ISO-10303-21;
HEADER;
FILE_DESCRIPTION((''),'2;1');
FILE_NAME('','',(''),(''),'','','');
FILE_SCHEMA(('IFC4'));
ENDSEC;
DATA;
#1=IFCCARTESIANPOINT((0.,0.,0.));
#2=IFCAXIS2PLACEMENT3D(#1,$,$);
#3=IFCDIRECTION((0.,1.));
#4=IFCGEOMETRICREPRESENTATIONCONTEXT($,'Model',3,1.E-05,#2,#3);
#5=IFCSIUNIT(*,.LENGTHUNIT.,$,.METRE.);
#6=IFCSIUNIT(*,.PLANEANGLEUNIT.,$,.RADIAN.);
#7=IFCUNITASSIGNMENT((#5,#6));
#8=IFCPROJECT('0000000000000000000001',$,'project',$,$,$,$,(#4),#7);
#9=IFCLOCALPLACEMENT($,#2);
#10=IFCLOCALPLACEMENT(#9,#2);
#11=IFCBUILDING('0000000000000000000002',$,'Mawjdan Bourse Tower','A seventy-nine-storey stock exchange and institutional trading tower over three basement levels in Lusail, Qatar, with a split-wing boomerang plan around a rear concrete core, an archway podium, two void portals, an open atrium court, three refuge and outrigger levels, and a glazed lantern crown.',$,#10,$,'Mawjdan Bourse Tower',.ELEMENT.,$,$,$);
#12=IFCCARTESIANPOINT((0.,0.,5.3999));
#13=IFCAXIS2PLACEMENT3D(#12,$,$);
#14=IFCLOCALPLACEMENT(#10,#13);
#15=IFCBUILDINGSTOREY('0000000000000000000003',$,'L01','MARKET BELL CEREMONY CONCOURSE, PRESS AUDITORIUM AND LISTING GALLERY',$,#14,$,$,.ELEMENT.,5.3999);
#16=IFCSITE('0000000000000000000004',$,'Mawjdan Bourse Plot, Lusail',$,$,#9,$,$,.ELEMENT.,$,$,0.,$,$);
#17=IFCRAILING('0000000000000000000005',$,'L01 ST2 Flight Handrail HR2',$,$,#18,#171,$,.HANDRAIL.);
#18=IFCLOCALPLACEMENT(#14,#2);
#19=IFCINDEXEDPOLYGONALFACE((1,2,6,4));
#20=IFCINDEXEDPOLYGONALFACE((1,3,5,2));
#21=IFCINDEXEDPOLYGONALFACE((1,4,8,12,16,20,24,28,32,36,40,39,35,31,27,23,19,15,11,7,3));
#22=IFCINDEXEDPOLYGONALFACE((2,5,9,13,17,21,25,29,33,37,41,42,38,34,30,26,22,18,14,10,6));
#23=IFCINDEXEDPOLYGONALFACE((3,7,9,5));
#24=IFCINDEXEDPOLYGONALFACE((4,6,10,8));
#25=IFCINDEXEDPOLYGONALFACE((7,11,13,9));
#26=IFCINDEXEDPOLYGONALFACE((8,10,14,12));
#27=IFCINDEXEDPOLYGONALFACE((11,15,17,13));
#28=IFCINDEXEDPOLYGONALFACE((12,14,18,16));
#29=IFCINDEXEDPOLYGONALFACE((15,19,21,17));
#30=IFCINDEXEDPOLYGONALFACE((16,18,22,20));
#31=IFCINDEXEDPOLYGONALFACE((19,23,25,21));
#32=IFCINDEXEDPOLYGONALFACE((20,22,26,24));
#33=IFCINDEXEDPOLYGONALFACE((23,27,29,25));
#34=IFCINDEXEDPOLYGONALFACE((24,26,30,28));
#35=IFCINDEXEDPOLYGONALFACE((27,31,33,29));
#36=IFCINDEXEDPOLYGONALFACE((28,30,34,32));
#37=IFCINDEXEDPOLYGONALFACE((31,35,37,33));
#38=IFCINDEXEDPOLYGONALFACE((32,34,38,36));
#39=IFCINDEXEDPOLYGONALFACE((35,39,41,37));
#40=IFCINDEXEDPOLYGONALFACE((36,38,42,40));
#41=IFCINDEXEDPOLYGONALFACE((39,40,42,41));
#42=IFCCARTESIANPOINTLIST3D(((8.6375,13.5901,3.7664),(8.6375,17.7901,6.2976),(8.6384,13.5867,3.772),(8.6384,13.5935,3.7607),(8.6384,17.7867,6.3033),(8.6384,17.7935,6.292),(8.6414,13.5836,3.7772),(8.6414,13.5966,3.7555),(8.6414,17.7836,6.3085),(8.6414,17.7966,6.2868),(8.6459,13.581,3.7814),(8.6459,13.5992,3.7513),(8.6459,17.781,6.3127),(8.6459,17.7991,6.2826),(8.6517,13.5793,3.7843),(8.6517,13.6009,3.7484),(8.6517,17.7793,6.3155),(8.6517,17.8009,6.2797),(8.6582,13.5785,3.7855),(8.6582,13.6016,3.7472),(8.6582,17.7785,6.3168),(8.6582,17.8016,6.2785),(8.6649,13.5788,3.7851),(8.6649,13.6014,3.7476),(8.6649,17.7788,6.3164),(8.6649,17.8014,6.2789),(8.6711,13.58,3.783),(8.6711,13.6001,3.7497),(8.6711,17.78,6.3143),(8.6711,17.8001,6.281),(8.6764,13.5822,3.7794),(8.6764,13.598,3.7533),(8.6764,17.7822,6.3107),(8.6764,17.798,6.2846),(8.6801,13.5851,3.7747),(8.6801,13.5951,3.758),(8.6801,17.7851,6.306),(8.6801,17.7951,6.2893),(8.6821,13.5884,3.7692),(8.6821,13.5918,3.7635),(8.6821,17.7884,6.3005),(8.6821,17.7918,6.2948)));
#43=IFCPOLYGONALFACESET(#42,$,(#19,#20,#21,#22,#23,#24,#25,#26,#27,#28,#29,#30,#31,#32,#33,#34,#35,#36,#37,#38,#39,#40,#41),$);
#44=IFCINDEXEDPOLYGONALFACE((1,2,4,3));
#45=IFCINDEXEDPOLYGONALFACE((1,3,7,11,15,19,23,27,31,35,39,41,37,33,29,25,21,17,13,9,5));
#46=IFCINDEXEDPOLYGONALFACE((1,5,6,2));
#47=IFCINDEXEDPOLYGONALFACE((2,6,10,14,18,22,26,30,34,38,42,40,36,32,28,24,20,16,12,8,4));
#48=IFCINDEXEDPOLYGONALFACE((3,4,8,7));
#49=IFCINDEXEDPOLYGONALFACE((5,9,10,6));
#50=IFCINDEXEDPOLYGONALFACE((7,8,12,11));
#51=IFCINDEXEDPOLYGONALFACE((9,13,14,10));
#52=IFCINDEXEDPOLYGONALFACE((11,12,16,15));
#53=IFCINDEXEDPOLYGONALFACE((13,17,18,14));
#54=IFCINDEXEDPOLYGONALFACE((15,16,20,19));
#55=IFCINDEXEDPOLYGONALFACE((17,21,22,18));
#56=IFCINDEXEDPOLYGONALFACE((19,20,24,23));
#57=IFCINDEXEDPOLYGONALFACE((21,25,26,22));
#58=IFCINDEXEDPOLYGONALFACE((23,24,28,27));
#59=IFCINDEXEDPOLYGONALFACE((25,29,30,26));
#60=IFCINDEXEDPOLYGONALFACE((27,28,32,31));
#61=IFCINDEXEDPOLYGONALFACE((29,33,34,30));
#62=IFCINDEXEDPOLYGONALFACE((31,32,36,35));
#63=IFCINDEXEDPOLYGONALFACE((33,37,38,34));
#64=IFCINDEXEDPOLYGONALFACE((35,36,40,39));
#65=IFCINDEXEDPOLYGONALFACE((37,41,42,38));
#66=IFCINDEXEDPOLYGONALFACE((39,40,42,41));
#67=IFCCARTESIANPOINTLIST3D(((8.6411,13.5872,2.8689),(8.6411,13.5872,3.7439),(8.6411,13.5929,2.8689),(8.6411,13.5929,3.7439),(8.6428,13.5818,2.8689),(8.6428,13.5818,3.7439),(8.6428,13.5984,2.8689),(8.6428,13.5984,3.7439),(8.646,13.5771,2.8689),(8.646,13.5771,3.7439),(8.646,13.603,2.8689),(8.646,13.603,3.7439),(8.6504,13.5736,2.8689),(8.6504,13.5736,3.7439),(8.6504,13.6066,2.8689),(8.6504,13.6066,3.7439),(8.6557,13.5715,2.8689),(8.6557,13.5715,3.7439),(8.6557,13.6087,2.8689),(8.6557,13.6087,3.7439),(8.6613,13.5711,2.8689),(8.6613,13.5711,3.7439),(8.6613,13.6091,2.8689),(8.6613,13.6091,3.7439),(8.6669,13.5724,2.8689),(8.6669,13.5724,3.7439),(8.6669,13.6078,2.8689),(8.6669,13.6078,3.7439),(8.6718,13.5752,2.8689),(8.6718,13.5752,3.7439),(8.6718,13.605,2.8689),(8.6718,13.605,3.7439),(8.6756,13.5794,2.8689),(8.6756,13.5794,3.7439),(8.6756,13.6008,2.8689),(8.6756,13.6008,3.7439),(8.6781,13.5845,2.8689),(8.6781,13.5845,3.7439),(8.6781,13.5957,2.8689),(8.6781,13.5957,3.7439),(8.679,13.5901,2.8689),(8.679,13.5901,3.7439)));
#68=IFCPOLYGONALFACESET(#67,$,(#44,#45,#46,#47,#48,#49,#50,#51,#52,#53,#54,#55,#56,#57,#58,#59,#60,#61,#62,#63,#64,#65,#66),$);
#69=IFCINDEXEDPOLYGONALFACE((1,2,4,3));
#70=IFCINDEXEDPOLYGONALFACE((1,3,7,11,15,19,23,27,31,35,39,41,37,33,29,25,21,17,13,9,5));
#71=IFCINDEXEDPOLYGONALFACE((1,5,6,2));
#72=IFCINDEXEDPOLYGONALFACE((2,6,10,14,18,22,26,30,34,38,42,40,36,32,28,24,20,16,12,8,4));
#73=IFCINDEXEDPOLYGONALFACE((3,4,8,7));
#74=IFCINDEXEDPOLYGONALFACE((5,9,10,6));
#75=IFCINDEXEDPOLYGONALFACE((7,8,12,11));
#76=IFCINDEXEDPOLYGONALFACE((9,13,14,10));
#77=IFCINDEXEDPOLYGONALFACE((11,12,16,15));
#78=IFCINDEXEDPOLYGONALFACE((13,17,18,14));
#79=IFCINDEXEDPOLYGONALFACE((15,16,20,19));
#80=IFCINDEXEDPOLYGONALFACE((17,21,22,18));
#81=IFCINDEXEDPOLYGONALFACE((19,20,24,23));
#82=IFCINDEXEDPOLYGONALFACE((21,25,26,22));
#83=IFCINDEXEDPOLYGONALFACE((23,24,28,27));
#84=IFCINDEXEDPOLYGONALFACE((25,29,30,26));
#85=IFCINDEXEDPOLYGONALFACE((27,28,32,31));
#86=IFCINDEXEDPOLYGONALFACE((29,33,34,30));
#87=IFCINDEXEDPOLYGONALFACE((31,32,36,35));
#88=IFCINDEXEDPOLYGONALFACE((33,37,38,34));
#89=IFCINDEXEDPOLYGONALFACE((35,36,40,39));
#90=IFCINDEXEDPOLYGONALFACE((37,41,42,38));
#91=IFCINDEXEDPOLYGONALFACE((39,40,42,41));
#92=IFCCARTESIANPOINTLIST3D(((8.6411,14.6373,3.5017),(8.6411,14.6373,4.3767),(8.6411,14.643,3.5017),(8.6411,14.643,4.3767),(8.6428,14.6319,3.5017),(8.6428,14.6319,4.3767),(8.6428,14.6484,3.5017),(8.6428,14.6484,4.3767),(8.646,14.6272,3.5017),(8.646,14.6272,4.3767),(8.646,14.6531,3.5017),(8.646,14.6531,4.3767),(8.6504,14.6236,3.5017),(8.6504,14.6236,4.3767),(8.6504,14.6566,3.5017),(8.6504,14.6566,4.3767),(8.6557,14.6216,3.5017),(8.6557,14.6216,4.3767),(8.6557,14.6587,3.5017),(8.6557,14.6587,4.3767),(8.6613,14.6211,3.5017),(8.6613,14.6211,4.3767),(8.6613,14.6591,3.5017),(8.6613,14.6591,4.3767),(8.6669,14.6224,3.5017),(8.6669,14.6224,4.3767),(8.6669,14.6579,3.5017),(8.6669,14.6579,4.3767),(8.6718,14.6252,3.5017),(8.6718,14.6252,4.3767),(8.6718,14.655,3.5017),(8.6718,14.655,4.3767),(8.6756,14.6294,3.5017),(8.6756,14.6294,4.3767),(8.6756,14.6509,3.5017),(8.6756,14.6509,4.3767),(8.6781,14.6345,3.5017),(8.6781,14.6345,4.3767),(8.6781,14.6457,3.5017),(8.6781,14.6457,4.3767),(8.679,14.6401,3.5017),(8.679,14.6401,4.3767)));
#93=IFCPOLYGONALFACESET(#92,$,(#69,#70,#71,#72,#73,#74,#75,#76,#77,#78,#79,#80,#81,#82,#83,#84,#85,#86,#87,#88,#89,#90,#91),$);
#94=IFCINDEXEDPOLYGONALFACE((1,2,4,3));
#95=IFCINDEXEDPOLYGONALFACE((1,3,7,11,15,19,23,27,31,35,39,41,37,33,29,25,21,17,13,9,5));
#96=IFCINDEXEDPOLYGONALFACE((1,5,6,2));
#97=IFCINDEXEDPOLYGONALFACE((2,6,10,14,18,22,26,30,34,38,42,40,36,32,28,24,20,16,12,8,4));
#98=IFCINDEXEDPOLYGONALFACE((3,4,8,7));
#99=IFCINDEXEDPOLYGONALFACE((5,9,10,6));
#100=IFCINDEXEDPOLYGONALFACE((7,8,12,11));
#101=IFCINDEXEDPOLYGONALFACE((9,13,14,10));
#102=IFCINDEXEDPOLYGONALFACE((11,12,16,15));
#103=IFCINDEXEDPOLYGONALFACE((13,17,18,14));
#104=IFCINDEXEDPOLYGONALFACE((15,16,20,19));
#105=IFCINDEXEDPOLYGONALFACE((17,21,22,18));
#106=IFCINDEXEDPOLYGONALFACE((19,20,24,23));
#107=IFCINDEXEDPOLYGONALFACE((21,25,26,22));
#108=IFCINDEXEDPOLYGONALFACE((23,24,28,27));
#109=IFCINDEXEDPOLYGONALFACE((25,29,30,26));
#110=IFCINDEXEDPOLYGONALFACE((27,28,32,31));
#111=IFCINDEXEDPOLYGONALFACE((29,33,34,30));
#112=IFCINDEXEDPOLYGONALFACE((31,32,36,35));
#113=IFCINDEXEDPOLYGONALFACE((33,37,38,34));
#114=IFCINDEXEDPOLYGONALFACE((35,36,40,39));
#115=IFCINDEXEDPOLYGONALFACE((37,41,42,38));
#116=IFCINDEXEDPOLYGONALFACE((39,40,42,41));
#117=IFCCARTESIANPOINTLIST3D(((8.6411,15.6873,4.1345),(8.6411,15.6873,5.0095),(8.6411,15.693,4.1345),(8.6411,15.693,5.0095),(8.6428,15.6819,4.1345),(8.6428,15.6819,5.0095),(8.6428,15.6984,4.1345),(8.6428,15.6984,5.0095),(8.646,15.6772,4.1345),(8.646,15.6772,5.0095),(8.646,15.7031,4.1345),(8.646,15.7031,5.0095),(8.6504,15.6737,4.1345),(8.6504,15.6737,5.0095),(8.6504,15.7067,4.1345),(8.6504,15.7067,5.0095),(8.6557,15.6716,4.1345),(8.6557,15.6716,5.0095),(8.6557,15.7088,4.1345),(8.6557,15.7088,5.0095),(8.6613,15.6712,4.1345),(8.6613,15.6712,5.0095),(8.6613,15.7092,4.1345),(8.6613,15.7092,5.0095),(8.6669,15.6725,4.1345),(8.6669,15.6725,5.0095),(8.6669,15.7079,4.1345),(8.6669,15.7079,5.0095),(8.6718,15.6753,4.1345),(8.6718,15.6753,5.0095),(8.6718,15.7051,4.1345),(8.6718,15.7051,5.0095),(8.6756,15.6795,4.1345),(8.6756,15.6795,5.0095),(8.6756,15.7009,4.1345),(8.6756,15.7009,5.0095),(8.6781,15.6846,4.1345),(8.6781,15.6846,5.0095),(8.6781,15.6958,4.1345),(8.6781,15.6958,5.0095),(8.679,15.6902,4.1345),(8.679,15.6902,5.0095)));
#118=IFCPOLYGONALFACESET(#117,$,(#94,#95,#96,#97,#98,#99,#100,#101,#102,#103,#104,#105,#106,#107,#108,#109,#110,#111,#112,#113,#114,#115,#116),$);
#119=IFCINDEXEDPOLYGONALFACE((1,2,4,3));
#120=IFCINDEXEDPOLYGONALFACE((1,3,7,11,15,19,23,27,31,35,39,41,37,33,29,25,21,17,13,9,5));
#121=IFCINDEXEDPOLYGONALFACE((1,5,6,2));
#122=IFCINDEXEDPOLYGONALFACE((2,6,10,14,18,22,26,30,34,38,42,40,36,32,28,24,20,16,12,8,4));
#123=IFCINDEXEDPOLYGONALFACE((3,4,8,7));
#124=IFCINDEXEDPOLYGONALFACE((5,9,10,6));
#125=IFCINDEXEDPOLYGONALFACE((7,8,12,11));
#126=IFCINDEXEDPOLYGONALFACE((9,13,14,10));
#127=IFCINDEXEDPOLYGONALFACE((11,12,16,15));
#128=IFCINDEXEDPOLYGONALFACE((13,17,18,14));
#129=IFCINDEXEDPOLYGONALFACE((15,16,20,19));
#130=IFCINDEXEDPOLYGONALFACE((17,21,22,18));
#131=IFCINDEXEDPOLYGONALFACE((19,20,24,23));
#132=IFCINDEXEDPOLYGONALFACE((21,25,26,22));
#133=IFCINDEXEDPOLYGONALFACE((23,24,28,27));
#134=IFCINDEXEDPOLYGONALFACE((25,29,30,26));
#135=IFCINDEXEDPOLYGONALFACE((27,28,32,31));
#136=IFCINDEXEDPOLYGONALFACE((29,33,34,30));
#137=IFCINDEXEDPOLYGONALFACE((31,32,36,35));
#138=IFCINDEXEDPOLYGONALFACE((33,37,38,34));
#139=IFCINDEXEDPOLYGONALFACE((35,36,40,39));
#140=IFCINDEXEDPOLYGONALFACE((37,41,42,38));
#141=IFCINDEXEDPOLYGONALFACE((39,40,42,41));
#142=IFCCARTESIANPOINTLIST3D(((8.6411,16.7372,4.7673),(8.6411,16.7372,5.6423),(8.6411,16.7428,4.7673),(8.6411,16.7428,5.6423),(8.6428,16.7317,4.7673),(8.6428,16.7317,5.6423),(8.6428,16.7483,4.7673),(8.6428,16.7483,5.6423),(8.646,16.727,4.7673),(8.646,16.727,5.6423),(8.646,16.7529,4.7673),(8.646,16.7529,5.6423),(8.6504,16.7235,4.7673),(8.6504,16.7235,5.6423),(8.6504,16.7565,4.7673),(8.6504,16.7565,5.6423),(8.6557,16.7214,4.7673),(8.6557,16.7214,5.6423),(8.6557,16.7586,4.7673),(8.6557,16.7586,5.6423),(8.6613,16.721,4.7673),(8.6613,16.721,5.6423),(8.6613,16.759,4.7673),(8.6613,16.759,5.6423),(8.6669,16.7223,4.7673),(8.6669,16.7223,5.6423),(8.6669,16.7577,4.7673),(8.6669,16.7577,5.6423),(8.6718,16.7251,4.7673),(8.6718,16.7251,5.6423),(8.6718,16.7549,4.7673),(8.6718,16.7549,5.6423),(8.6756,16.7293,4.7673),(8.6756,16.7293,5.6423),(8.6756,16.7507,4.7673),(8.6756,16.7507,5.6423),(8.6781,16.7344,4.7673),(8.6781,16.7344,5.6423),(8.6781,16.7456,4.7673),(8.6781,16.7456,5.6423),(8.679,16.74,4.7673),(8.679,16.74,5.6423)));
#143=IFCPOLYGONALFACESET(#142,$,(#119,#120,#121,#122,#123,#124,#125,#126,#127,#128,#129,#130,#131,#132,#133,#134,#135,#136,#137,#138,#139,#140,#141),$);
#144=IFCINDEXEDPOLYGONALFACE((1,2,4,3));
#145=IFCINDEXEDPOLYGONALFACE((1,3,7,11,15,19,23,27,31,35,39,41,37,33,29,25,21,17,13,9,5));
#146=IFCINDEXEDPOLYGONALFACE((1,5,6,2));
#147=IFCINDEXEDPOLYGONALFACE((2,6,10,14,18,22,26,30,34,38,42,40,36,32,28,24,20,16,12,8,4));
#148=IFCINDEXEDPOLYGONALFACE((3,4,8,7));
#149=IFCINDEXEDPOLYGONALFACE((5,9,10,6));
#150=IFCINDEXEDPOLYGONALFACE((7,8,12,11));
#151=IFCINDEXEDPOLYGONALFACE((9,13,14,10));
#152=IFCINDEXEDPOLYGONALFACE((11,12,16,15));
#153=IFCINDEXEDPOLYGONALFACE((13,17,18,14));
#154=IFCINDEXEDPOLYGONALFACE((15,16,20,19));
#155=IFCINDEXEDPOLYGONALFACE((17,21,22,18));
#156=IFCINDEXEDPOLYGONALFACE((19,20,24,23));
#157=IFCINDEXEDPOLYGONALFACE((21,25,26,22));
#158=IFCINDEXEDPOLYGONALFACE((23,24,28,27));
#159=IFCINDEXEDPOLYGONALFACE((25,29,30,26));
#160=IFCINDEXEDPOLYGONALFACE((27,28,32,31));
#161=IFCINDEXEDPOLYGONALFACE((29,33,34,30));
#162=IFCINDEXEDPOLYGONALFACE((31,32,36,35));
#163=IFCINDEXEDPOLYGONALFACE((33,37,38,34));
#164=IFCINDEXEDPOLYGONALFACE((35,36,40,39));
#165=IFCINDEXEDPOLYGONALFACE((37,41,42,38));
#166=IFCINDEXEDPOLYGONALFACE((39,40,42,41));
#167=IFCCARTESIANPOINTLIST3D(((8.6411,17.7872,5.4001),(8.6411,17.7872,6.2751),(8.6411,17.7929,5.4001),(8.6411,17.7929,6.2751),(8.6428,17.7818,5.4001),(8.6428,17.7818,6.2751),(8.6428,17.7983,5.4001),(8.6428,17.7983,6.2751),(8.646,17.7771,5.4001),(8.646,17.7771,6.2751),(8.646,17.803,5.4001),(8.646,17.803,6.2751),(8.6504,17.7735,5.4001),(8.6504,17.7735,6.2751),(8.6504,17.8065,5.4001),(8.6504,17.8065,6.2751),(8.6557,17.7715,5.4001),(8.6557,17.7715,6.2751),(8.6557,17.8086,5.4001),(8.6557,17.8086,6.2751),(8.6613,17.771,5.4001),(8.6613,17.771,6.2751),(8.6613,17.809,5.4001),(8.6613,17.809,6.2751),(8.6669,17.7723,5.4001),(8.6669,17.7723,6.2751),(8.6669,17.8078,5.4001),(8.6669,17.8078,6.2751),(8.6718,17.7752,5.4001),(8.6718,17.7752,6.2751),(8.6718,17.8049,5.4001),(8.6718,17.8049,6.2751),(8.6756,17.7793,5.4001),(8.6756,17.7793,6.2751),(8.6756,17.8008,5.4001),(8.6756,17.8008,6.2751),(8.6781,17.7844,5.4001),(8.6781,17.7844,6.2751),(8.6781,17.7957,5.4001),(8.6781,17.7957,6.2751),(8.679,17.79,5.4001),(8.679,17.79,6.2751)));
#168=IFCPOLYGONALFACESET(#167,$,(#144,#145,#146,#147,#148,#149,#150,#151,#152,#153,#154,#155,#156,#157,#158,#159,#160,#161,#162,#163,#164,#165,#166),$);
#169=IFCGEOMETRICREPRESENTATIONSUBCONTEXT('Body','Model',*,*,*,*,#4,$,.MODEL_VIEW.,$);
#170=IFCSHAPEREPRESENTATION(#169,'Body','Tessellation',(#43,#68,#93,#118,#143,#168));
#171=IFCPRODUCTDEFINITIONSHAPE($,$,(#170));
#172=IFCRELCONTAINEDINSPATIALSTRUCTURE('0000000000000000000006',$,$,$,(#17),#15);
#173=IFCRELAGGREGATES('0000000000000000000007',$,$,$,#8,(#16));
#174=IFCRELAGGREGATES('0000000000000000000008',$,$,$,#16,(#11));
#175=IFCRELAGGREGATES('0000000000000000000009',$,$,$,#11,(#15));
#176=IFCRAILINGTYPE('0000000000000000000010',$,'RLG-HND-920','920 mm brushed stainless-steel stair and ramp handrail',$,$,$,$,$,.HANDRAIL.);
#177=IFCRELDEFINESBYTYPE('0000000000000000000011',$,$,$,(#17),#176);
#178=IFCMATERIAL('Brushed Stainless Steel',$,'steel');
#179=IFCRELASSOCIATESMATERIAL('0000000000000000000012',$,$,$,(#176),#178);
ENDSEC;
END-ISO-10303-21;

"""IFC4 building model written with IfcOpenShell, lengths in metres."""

from ifc_helpers import new_model, si_unit, direction, frame, origin, origin_2d, place, context, subcontext, project, spatial, circle, extrude, material, type_object, element, save


model = new_model("IFC4")

# Units and contexts
model_context = context("Model", 3, precision=1e-05, world=origin(), true_north=direction((0.0, 1.0)))
body_context = subcontext(model_context, "Body", "Model", "MODEL_VIEW")
ifc_project = project(units=[si_unit("LENGTHUNIT", "METRE"), si_unit("PLANEANGLEUNIT", "RADIAN")], contexts=[model_context])

# Site, building, storey
site_placement = place(None, origin())
site = spatial("IfcSite", under=ifc_project, at=site_placement, Name="Mawjdan Bourse Plot, Lusail", CompositionType="ELEMENT", RefElevation=0.0)
building_placement = place(site_placement, origin())
building = spatial("IfcBuilding", under=site, at=building_placement, Name="Mawjdan Bourse Tower", Description="A seventy-nine-storey stock exchange and institutional trading tower over three basement levels in Lusail, Qatar, with a split-wing boomerang plan around a rear concrete core, an archway podium, two void portals, an open atrium court, three refuge and outrigger levels, and a glazed lantern crown.", LongName="Mawjdan Bourse Tower", CompositionType="ELEMENT")
storey_placement = place(building_placement, frame((0.0, 0.0, 5.3999)))
storey = spatial("IfcBuildingStorey", under=building, at=storey_placement, Name="L01", Description="MARKET BELL CEREMONY CONCOURSE, PRESS AUDITORIUM AND LISTING GALLERY", CompositionType="ELEMENT", Elevation=5.3999)

# Shared definitions
ifc_material_1 = material(Name="Brushed Stainless Steel", Category="steel")

# Railing
railing_type_1 = type_object("IfcRailingType", Name="RLG-HND-920", Description="920 mm brushed stainless-steel stair and ramp handrail", PredefinedType="HANDRAIL", material=ifc_material_1)
railing_1_placement = place(storey_placement, frame((8.6599, 13.5901, 2.8689)))
element("IfcRailing", 1, at=railing_1_placement, inside=storey, type_object=railing_type_1, Name="L01 ST2 Flight Handrail HR2", PredefinedType="HANDRAIL", context=body_context, shape_type="SweptSolid", body=[
    extrude(circle(Radius=0.0225, at=origin_2d()), frame((0.0, 0.0, 0.8975), z_axis=(0.0, 0.856476, 0.516186), x_axis=(-1.0, 0.0, 0.0)), (0.0, 0.0, 1.0), 4.9038),
    extrude(circle(Radius=0.019, at=origin_2d()), origin(), (0.0, 0.0, 1.0), 0.875),
    extrude(circle(Radius=0.019, at=origin_2d()), frame((0.0, 1.05, 0.6328)), (0.0, 0.0, 1.0), 0.875),
    extrude(circle(Radius=0.019, at=origin_2d()), frame((0.0, 2.1001, 1.2656)), (0.0, 0.0, 1.0), 0.875),
    extrude(circle(Radius=0.019, at=origin_2d()), frame((0.0, 3.1499, 1.8984)), (0.0, 0.0, 1.0), 0.875),
    extrude(circle(Radius=0.019, at=origin_2d()), frame((0.0, 4.2, 2.5312)), (0.0, 0.0, 1.0), 0.875),
])

save(model, "model.ifc")
